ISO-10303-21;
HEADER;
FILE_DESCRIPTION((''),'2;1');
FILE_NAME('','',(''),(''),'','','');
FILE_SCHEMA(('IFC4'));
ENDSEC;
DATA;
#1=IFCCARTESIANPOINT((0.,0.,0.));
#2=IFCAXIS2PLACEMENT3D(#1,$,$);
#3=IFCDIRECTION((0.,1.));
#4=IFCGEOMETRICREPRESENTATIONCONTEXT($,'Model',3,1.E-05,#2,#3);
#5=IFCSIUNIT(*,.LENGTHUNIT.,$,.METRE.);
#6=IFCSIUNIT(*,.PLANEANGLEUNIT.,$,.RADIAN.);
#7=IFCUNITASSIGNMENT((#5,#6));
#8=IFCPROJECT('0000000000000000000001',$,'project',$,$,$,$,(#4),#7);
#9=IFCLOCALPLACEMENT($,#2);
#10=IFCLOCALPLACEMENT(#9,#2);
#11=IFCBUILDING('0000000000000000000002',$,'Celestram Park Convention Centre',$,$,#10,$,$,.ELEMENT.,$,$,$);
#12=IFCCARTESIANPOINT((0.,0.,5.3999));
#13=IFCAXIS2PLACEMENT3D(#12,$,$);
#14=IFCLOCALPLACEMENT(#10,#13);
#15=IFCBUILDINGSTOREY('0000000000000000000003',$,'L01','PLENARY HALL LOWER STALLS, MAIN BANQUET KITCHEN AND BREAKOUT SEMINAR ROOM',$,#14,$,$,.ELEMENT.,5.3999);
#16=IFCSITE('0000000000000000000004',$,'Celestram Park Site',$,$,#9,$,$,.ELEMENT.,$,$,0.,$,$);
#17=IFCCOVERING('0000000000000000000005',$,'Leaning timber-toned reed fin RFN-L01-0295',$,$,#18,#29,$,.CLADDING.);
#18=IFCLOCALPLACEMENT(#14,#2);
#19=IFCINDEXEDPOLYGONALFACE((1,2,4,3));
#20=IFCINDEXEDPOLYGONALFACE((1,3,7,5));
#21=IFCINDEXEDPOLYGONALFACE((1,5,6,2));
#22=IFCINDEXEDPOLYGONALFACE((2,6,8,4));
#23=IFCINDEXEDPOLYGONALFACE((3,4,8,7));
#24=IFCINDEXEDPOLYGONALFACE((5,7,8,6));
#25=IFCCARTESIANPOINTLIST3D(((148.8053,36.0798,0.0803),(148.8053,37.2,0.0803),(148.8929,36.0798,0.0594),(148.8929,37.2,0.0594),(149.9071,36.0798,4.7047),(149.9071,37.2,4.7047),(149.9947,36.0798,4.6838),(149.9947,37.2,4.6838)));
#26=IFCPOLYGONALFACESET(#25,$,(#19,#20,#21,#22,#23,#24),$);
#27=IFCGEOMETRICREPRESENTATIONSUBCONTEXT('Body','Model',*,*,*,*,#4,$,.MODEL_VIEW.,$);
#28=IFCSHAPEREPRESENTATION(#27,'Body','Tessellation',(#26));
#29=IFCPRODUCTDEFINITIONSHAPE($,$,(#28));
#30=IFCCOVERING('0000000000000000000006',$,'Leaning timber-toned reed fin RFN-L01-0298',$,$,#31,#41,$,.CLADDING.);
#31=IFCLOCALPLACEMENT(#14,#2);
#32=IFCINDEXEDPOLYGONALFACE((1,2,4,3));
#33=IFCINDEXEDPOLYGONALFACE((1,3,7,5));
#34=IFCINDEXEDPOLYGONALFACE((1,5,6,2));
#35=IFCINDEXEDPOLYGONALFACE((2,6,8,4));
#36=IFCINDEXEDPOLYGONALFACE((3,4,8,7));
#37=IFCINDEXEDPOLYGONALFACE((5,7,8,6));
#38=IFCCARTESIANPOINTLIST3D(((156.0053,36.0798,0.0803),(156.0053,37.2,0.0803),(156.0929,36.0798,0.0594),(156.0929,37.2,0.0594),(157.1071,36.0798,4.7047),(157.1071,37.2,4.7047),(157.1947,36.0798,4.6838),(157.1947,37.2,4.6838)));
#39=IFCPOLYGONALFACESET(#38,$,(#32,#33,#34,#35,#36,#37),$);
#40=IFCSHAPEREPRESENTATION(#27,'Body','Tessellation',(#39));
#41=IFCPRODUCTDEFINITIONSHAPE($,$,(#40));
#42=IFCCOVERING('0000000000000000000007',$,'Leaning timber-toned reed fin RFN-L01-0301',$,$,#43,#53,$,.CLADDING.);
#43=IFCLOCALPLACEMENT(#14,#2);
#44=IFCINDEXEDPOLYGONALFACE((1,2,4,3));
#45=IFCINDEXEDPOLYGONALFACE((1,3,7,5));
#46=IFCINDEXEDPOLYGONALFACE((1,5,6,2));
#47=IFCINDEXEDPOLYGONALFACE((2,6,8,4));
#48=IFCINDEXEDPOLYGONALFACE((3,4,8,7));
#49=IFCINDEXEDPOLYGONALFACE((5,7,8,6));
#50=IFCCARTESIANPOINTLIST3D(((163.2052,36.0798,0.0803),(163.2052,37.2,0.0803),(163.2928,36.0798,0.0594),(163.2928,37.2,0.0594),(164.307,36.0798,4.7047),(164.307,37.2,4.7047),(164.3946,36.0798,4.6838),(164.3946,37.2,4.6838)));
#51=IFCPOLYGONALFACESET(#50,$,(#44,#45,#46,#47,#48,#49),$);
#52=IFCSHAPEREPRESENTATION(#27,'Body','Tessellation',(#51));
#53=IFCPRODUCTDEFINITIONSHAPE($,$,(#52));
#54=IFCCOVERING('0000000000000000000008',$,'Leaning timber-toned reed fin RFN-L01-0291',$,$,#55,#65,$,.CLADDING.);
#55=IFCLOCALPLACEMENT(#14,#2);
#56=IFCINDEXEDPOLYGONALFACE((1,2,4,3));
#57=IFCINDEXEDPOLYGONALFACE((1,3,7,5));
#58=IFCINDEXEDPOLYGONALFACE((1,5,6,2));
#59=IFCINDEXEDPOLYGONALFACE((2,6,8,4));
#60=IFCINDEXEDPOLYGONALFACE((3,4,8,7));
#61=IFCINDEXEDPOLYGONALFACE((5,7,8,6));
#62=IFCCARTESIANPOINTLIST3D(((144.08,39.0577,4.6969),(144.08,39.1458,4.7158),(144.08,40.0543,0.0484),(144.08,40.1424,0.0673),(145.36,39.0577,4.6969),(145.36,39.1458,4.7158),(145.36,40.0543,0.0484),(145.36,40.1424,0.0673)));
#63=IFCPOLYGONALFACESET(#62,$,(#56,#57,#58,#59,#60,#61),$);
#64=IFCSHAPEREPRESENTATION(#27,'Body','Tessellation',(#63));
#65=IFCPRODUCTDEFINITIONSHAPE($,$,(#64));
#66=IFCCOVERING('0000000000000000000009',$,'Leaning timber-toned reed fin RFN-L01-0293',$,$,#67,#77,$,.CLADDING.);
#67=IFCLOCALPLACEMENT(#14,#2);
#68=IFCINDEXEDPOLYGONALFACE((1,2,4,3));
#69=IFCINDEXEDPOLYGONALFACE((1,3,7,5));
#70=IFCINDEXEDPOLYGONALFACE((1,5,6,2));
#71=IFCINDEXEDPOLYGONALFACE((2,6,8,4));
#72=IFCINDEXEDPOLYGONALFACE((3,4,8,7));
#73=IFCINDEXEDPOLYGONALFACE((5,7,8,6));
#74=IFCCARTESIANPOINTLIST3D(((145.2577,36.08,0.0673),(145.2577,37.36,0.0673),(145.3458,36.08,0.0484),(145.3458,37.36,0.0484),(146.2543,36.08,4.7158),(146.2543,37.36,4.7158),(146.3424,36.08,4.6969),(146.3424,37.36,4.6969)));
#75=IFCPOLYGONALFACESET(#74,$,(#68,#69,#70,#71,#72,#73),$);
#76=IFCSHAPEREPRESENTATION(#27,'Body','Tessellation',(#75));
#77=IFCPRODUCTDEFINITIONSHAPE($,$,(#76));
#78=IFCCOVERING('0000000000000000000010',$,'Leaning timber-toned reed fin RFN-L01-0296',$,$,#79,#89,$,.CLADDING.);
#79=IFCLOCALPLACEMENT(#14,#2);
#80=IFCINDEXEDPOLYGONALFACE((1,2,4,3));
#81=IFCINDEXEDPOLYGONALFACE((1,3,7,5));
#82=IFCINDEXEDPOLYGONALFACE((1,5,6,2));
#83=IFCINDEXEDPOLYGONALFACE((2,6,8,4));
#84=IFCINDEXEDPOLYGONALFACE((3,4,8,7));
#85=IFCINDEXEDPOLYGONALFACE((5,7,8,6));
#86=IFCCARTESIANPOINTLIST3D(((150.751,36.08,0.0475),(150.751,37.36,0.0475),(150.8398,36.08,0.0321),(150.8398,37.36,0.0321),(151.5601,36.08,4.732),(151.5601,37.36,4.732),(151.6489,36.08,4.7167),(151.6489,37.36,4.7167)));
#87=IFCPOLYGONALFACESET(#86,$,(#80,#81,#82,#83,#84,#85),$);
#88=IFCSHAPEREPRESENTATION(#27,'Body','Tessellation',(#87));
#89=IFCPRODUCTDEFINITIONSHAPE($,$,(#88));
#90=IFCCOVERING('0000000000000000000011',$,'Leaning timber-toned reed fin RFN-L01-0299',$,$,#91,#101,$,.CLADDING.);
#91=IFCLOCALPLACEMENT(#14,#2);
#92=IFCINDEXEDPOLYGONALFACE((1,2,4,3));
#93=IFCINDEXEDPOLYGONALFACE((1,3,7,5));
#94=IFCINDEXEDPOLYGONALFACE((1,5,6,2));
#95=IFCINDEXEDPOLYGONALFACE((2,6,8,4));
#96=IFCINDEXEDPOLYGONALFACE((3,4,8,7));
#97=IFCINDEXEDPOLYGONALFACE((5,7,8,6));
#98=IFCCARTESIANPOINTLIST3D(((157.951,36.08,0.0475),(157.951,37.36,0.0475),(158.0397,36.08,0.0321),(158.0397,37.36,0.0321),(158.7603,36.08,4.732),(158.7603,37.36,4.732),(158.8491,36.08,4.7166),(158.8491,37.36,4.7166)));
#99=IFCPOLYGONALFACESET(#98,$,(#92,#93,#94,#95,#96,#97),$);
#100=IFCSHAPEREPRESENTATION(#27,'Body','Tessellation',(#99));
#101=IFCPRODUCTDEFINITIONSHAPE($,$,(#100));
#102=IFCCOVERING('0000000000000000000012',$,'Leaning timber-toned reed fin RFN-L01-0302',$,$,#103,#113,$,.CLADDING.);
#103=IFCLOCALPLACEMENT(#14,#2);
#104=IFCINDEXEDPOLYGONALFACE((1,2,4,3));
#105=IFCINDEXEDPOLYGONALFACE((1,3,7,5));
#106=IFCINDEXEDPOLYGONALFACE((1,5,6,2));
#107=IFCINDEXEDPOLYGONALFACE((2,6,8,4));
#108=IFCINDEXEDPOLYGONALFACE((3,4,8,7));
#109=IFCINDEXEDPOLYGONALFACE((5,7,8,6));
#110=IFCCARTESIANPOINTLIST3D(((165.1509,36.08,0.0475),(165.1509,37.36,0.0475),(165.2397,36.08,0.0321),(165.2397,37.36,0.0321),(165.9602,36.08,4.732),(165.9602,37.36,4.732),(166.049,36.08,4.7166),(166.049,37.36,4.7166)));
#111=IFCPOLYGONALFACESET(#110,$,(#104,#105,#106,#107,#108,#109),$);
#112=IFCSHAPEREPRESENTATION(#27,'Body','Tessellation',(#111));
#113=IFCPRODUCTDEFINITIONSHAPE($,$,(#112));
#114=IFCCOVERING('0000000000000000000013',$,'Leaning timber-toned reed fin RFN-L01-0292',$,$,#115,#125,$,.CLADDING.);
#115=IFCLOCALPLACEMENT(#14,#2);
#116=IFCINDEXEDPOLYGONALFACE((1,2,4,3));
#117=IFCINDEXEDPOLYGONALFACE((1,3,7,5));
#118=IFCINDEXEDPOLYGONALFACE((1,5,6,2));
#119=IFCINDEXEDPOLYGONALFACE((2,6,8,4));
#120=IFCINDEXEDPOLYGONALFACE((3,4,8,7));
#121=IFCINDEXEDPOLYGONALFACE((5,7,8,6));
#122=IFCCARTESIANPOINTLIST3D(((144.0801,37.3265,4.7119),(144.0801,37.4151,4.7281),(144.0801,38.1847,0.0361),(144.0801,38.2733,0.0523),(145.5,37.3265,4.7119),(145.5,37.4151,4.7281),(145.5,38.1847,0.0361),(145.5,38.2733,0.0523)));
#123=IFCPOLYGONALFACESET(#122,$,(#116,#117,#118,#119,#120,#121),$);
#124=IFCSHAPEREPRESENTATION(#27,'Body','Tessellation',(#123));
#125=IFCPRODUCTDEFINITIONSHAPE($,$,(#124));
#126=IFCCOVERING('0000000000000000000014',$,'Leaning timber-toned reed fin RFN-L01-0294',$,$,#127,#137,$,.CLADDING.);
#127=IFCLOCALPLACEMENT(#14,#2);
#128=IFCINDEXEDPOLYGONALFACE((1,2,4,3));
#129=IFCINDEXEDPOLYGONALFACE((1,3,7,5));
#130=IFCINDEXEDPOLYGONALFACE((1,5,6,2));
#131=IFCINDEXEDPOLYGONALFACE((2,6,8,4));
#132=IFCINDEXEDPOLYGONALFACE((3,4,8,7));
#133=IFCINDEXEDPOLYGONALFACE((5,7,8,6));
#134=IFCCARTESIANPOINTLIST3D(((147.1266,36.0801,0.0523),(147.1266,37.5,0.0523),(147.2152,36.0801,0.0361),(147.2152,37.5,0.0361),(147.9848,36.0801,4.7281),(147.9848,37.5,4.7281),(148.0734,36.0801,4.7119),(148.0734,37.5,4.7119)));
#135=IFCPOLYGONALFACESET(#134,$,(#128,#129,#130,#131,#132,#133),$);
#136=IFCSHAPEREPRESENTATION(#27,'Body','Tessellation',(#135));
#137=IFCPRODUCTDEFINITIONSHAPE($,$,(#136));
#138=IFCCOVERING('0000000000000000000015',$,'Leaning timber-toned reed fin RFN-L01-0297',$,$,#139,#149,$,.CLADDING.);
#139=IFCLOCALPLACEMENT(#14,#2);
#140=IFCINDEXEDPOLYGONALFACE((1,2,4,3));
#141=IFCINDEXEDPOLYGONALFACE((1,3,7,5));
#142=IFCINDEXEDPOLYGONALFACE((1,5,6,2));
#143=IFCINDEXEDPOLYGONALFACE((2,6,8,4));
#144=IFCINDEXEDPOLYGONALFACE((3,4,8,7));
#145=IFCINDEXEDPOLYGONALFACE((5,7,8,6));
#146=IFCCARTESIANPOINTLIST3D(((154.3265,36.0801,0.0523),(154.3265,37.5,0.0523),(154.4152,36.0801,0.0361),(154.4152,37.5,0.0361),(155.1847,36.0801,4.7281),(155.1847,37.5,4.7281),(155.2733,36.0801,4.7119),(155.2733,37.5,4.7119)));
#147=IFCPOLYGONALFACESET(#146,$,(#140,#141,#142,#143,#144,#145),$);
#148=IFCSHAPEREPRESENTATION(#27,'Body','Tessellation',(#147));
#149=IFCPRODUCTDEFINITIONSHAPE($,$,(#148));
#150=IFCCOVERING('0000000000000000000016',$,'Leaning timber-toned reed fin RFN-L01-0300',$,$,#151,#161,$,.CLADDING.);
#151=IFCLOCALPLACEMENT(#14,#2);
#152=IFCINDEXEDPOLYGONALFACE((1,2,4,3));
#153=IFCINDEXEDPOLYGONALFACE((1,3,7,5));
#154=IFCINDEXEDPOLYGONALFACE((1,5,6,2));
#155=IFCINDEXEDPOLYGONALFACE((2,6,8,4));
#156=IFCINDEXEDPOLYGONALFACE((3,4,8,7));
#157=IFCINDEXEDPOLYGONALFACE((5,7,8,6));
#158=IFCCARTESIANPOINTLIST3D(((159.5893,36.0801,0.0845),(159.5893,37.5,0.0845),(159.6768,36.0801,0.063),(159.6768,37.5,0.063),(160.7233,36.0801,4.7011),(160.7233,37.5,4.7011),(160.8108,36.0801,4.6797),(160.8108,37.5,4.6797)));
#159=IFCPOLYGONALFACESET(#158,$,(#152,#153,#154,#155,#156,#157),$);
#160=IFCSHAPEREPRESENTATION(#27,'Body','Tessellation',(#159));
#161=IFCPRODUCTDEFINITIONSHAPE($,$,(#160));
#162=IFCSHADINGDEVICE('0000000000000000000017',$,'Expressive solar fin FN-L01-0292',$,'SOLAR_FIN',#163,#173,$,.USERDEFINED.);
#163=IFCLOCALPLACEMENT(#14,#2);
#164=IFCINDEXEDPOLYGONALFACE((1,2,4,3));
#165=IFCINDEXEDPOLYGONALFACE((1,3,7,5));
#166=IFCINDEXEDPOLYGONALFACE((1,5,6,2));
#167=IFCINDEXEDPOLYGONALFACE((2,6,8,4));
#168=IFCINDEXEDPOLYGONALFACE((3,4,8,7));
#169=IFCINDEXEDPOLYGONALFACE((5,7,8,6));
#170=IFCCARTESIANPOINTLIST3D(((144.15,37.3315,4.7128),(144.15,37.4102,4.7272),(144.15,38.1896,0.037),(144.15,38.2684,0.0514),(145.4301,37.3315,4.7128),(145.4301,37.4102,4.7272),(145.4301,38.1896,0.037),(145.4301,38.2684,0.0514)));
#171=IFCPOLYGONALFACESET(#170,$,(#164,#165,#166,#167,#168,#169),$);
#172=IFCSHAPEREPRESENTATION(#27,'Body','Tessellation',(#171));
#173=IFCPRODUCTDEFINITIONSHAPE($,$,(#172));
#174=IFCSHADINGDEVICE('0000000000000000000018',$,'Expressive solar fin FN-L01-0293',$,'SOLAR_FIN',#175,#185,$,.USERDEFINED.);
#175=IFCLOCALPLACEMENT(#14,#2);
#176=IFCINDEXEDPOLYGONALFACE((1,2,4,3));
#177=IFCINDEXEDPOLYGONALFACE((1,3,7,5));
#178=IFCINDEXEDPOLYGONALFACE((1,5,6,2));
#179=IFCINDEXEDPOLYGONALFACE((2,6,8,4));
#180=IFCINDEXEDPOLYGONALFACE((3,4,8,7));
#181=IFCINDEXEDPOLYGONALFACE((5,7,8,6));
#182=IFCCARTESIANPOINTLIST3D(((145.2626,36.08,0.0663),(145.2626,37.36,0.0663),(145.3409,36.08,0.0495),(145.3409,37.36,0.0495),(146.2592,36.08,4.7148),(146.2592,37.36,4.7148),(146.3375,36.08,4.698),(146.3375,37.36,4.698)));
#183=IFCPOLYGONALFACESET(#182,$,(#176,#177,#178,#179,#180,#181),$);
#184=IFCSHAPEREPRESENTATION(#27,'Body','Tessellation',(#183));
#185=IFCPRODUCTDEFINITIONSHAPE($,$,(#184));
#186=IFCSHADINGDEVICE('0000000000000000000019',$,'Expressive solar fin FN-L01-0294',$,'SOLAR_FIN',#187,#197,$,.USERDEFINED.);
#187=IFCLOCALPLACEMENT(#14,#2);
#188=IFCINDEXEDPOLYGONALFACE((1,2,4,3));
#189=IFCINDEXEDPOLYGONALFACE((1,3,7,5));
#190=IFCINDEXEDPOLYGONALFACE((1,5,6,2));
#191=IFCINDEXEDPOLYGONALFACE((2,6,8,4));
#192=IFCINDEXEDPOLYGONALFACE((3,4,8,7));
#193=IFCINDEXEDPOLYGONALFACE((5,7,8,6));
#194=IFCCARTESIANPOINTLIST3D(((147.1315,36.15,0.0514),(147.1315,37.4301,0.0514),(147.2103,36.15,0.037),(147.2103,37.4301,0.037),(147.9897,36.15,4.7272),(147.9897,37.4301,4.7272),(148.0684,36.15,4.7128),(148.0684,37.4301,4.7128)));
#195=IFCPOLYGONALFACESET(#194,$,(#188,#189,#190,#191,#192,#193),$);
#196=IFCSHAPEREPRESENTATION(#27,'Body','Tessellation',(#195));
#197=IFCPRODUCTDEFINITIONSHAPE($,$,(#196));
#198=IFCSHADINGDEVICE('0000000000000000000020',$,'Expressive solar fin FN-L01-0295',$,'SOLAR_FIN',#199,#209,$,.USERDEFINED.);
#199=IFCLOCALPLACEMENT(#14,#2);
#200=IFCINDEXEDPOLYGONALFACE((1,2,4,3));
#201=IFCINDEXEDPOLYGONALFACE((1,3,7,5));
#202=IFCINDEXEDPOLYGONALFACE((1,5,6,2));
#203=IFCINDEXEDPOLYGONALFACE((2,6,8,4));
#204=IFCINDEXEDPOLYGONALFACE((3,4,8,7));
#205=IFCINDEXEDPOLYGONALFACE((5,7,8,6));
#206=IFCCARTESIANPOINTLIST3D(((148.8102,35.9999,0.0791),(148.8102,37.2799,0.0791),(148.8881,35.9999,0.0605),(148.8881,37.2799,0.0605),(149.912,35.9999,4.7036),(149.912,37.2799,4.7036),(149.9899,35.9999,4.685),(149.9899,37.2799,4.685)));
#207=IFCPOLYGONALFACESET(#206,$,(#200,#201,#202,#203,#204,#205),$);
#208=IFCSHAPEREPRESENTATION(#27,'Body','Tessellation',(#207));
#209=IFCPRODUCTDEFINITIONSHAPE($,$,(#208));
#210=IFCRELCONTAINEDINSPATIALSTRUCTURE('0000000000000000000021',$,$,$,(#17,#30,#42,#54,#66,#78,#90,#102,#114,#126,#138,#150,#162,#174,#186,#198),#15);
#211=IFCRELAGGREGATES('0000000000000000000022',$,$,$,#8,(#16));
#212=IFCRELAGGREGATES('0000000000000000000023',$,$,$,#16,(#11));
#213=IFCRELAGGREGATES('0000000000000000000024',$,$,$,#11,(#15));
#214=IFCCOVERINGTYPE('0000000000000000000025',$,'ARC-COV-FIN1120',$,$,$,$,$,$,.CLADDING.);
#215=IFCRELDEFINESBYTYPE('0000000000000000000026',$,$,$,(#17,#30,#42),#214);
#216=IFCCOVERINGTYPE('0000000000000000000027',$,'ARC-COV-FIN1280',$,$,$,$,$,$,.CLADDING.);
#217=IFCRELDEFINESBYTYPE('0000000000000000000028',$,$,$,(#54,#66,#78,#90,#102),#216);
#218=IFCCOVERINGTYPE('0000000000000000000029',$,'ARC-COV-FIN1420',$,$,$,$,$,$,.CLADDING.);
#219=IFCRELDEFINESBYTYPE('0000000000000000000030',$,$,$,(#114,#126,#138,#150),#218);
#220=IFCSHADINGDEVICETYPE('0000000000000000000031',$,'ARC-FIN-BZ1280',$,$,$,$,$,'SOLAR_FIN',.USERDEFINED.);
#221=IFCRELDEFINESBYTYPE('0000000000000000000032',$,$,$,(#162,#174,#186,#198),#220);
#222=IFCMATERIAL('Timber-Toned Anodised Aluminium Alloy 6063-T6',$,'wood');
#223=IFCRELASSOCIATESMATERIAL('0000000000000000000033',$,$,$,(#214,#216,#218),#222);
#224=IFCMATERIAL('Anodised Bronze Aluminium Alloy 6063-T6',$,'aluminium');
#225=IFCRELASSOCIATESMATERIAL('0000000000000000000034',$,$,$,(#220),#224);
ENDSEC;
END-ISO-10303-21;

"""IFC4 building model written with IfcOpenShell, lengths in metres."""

from ifc_helpers import new_model, si_unit, direction, frame, origin, origin_2d, place, context, subcontext, project, spatial, rectangle, extrude, material, material_profile, profile_set, type_object, element, save


model = new_model("IFC4")

# Units and contexts
model_context = context("Model", 3, precision=1e-05, world=origin(), true_north=direction((0.0, 1.0)))
body_context = subcontext(model_context, "Body", "Model", "MODEL_VIEW")
ifc_project = project(units=[si_unit("LENGTHUNIT", "METRE"), si_unit("PLANEANGLEUNIT", "RADIAN")], contexts=[model_context])

# Site, building, storey
site_placement = place(None, origin())
site = spatial("IfcSite", under=ifc_project, at=site_placement, Name="Celestram Park Site", CompositionType="ELEMENT", RefElevation=0.0)
building_placement = place(site_placement, origin())
building = spatial("IfcBuilding", under=site, at=building_placement, Name="Celestram Park Convention Centre", CompositionType="ELEMENT")
storey_placement = place(building_placement, frame((0.0, 0.0, 5.3999)))
storey = spatial("IfcBuildingStorey", under=building, at=storey_placement, Name="L01", Description="PLENARY HALL LOWER STALLS, MAIN BANQUET KITCHEN AND BREAKOUT SEMINAR ROOM", CompositionType="ELEMENT", Elevation=5.3999)

# Coverings
ifc_material_1 = material(Name="Timber-Toned Anodised Aluminium Alloy 6063-T6", Category="wood")
ifc_material_profile_1 = material_profile(ifc_material_1, rectangle(XDim=1.1201, YDim=0.0901, at=origin_2d()), Name="REED1120X90")
ifc_profile_set_1 = profile_set([ifc_material_profile_1], Name="Timber-Toned Anodised Aluminium Alloy 6063-T6")
covering_type_1 = type_object("IfcCoveringType", Name="ARC-COV-FIN1120", PredefinedType="CLADDING", material=ifc_profile_set_1)
for number, where, z_axis, x_axis, name in (
    (1, (148.8491, 36.6399, 0.0698), (0.231766, 0.0, 0.972771), (0.0, 1.0, 0.0), "Leaning timber-toned reed fin RFN-L01-0295"),
    (2, (156.0491, 36.6399, 0.0698), (0.231766, 0.0, 0.972771), (0.0, 1.0, 0.0), "Leaning timber-toned reed fin RFN-L01-0298"),
    (3, (163.249, 36.6399, 0.0698), (0.231766, 0.0, 0.972771), (0.0, 1.0, 0.0), "Leaning timber-toned reed fin RFN-L01-0301"),
):
    element("IfcCovering", number, at=place(storey_placement, frame(where, z_axis=z_axis, x_axis=x_axis)), inside=storey, type_object=covering_type_1, Name=name, PredefinedType="CLADDING", context=body_context, shape_type="SweptSolid", body=[
        extrude(rectangle(XDim=1.1201, YDim=0.0901, at=origin_2d()), origin(), (0.0, 0.0, 1.0), 4.7539),
    ])
ifc_material_profile_2 = material_profile(ifc_material_1, rectangle(XDim=1.28, YDim=0.0901, at=origin_2d()), Name="REED1280X90")
ifc_profile_set_2 = profile_set([ifc_material_profile_2], Name="Timber-Toned Anodised Aluminium Alloy 6063-T6")
covering_type_2 = type_object("IfcCoveringType", Name="ARC-COV-FIN1280", PredefinedType="CLADDING", material=ifc_profile_set_2)
for number, where, z_axis, x_axis, name in (
    (4, (144.72, 40.0984, 0.0579), (0.0, -0.209627, 0.977781), (1.0, 0.0, 0.0), "Leaning timber-toned reed fin RFN-L01-0291"),
    (5, (145.3018, 36.72, 0.0579), (0.209627, 0.0, 0.977781), (0.0, 1.0, 0.0), "Leaning timber-toned reed fin RFN-L01-0293"),
):
    element("IfcCovering", number, at=place(storey_placement, frame(where, z_axis=z_axis, x_axis=x_axis)), inside=storey, type_object=covering_type_2, Name=name, PredefinedType="CLADDING", context=body_context, shape_type="SweptSolid", body=[
        extrude(rectangle(XDim=1.28, YDim=0.0901, at=origin_2d()), origin(), (0.0, 0.0, 1.0), 4.7542),
    ])
for number, where, z_axis, x_axis, name in (
    (6, (150.7954, 36.72, 0.0398), (0.170192, 0.0, 0.985411), (0.0, 1.0, 0.0), "Leaning timber-toned reed fin RFN-L01-0296"),
    (7, (157.9954, 36.72, 0.0398), (0.170242, 0.0, 0.985402), (0.0, 1.0, 0.0), "Leaning timber-toned reed fin RFN-L01-0299"),
    (8, (165.1953, 36.72, 0.0398), (0.170242, 0.0, 0.985402), (0.0, 1.0, 0.0), "Leaning timber-toned reed fin RFN-L01-0302"),
):
    element("IfcCovering", number, at=place(storey_placement, frame(where, z_axis=z_axis, x_axis=x_axis)), inside=storey, type_object=covering_type_2, Name=name, PredefinedType="CLADDING", context=body_context, shape_type="SweptSolid", body=[
        extrude(rectangle(XDim=1.28, YDim=0.0901, at=origin_2d()), origin(), (0.0, 0.0, 1.0), 4.7539),
    ])
ifc_material_profile_3 = material_profile(ifc_material_1, rectangle(XDim=1.4199, YDim=0.0901, at=origin_2d()), Name="REED1420X90")
ifc_profile_set_3 = profile_set([ifc_material_profile_3], Name="Timber-Toned Anodised Aluminium Alloy 6063-T6")
covering_type_3 = type_object("IfcCoveringType", Name="ARC-COV-FIN1420", PredefinedType="CLADDING", material=ifc_profile_set_3)
for number, where, z_axis, x_axis, name in (
    (9, (144.79, 38.229, 0.0442), (0.0, -0.180517, 0.983572), (1.0, 0.0, 0.0), "Leaning timber-toned reed fin RFN-L01-0292"),
    (10, (147.1709, 36.79, 0.0442), (0.180517, 0.0, 0.983572), (0.0, 1.0, 0.0), "Leaning timber-toned reed fin RFN-L01-0294"),
    (11, (154.3708, 36.79, 0.0442), (0.180517, 0.0, 0.983572), (0.0, 1.0, 0.0), "Leaning timber-toned reed fin RFN-L01-0297"),
    (12, (159.6331, 36.79, 0.0737), (0.238546, 0.0, 0.971131), (0.0, 1.0, 0.0), "Leaning timber-toned reed fin RFN-L01-0300"),
):
    element("IfcCovering", number, at=place(storey_placement, frame(where, z_axis=z_axis, x_axis=x_axis)), inside=storey, type_object=covering_type_3, Name=name, PredefinedType="CLADDING", context=body_context, shape_type="SweptSolid", body=[
        extrude(rectangle(XDim=1.4199, YDim=0.0901, at=origin_2d()), origin(), (0.0, 0.0, 1.0), 4.7539),
    ])

# Shading devices
ifc_material_2 = material(Name="Anodised Bronze Aluminium Alloy 6063-T6", Category="aluminium")
ifc_material_profile_4 = material_profile(ifc_material_2, rectangle(XDim=1.28, YDim=0.0801, at=origin_2d()), Name="FIN1280X80")
ifc_profile_set_4 = profile_set([ifc_material_profile_4], Name="Anodised Bronze Aluminium Alloy 6063-T6")
shading_device_type = type_object("IfcShadingDeviceType", Name="ARC-FIN-BZ1280", ElementType="SOLAR_FIN", PredefinedType="USERDEFINED", material=ifc_profile_set_4)
shading_device_1_placement = place(storey_placement, frame((144.79, 38.229, 0.0442), z_axis=(0.0, -0.180517, 0.983572), x_axis=(1.0, 0.0, 0.0)))
element("IfcShadingDevice", 13, at=shading_device_1_placement, inside=storey, type_object=shading_device_type, Name="Expressive solar fin FN-L01-0292", ObjectType="SOLAR_FIN", PredefinedType="USERDEFINED", context=body_context, shape_type="SweptSolid", body=[
    extrude(rectangle(XDim=1.28, YDim=0.0801, at=origin_2d()), origin(), (0.0, 0.0, 1.0), 4.7539),
])
shading_device_2_placement = place(storey_placement, frame((145.3018, 36.72, 0.0579), z_axis=(0.209627, 0.0, 0.977781), x_axis=(0.0, 1.0, 0.0)))
element("IfcShadingDevice", 14, at=shading_device_2_placement, inside=storey, type_object=shading_device_type, Name="Expressive solar fin FN-L01-0293", ObjectType="SOLAR_FIN", PredefinedType="USERDEFINED", context=body_context, shape_type="SweptSolid", body=[
    extrude(rectangle(XDim=1.28, YDim=0.0801, at=origin_2d()), origin(), (0.0, 0.0, 1.0), 4.7542),
])
for number, where, z_axis, x_axis, name in (
    (15, (147.1709, 36.79, 0.0442), (0.180517, 0.0, 0.983572), (0.0, 1.0, 0.0), "Expressive solar fin FN-L01-0294"),
    (16, (148.8491, 36.6399, 0.0698), (0.231766, 0.0, 0.972771), (0.0, 1.0, 0.0), "Expressive solar fin FN-L01-0295"),
):
    element("IfcShadingDevice", number, at=place(storey_placement, frame(where, z_axis=z_axis, x_axis=x_axis)), inside=storey, type_object=shading_device_type, Name=name, ObjectType="SOLAR_FIN", PredefinedType="USERDEFINED", context=body_context, shape_type="SweptSolid", body=[
        extrude(rectangle(XDim=1.28, YDim=0.0801, at=origin_2d()), origin(), (0.0, 0.0, 1.0), 4.7539),
    ])

save(model, "model.ifc")
